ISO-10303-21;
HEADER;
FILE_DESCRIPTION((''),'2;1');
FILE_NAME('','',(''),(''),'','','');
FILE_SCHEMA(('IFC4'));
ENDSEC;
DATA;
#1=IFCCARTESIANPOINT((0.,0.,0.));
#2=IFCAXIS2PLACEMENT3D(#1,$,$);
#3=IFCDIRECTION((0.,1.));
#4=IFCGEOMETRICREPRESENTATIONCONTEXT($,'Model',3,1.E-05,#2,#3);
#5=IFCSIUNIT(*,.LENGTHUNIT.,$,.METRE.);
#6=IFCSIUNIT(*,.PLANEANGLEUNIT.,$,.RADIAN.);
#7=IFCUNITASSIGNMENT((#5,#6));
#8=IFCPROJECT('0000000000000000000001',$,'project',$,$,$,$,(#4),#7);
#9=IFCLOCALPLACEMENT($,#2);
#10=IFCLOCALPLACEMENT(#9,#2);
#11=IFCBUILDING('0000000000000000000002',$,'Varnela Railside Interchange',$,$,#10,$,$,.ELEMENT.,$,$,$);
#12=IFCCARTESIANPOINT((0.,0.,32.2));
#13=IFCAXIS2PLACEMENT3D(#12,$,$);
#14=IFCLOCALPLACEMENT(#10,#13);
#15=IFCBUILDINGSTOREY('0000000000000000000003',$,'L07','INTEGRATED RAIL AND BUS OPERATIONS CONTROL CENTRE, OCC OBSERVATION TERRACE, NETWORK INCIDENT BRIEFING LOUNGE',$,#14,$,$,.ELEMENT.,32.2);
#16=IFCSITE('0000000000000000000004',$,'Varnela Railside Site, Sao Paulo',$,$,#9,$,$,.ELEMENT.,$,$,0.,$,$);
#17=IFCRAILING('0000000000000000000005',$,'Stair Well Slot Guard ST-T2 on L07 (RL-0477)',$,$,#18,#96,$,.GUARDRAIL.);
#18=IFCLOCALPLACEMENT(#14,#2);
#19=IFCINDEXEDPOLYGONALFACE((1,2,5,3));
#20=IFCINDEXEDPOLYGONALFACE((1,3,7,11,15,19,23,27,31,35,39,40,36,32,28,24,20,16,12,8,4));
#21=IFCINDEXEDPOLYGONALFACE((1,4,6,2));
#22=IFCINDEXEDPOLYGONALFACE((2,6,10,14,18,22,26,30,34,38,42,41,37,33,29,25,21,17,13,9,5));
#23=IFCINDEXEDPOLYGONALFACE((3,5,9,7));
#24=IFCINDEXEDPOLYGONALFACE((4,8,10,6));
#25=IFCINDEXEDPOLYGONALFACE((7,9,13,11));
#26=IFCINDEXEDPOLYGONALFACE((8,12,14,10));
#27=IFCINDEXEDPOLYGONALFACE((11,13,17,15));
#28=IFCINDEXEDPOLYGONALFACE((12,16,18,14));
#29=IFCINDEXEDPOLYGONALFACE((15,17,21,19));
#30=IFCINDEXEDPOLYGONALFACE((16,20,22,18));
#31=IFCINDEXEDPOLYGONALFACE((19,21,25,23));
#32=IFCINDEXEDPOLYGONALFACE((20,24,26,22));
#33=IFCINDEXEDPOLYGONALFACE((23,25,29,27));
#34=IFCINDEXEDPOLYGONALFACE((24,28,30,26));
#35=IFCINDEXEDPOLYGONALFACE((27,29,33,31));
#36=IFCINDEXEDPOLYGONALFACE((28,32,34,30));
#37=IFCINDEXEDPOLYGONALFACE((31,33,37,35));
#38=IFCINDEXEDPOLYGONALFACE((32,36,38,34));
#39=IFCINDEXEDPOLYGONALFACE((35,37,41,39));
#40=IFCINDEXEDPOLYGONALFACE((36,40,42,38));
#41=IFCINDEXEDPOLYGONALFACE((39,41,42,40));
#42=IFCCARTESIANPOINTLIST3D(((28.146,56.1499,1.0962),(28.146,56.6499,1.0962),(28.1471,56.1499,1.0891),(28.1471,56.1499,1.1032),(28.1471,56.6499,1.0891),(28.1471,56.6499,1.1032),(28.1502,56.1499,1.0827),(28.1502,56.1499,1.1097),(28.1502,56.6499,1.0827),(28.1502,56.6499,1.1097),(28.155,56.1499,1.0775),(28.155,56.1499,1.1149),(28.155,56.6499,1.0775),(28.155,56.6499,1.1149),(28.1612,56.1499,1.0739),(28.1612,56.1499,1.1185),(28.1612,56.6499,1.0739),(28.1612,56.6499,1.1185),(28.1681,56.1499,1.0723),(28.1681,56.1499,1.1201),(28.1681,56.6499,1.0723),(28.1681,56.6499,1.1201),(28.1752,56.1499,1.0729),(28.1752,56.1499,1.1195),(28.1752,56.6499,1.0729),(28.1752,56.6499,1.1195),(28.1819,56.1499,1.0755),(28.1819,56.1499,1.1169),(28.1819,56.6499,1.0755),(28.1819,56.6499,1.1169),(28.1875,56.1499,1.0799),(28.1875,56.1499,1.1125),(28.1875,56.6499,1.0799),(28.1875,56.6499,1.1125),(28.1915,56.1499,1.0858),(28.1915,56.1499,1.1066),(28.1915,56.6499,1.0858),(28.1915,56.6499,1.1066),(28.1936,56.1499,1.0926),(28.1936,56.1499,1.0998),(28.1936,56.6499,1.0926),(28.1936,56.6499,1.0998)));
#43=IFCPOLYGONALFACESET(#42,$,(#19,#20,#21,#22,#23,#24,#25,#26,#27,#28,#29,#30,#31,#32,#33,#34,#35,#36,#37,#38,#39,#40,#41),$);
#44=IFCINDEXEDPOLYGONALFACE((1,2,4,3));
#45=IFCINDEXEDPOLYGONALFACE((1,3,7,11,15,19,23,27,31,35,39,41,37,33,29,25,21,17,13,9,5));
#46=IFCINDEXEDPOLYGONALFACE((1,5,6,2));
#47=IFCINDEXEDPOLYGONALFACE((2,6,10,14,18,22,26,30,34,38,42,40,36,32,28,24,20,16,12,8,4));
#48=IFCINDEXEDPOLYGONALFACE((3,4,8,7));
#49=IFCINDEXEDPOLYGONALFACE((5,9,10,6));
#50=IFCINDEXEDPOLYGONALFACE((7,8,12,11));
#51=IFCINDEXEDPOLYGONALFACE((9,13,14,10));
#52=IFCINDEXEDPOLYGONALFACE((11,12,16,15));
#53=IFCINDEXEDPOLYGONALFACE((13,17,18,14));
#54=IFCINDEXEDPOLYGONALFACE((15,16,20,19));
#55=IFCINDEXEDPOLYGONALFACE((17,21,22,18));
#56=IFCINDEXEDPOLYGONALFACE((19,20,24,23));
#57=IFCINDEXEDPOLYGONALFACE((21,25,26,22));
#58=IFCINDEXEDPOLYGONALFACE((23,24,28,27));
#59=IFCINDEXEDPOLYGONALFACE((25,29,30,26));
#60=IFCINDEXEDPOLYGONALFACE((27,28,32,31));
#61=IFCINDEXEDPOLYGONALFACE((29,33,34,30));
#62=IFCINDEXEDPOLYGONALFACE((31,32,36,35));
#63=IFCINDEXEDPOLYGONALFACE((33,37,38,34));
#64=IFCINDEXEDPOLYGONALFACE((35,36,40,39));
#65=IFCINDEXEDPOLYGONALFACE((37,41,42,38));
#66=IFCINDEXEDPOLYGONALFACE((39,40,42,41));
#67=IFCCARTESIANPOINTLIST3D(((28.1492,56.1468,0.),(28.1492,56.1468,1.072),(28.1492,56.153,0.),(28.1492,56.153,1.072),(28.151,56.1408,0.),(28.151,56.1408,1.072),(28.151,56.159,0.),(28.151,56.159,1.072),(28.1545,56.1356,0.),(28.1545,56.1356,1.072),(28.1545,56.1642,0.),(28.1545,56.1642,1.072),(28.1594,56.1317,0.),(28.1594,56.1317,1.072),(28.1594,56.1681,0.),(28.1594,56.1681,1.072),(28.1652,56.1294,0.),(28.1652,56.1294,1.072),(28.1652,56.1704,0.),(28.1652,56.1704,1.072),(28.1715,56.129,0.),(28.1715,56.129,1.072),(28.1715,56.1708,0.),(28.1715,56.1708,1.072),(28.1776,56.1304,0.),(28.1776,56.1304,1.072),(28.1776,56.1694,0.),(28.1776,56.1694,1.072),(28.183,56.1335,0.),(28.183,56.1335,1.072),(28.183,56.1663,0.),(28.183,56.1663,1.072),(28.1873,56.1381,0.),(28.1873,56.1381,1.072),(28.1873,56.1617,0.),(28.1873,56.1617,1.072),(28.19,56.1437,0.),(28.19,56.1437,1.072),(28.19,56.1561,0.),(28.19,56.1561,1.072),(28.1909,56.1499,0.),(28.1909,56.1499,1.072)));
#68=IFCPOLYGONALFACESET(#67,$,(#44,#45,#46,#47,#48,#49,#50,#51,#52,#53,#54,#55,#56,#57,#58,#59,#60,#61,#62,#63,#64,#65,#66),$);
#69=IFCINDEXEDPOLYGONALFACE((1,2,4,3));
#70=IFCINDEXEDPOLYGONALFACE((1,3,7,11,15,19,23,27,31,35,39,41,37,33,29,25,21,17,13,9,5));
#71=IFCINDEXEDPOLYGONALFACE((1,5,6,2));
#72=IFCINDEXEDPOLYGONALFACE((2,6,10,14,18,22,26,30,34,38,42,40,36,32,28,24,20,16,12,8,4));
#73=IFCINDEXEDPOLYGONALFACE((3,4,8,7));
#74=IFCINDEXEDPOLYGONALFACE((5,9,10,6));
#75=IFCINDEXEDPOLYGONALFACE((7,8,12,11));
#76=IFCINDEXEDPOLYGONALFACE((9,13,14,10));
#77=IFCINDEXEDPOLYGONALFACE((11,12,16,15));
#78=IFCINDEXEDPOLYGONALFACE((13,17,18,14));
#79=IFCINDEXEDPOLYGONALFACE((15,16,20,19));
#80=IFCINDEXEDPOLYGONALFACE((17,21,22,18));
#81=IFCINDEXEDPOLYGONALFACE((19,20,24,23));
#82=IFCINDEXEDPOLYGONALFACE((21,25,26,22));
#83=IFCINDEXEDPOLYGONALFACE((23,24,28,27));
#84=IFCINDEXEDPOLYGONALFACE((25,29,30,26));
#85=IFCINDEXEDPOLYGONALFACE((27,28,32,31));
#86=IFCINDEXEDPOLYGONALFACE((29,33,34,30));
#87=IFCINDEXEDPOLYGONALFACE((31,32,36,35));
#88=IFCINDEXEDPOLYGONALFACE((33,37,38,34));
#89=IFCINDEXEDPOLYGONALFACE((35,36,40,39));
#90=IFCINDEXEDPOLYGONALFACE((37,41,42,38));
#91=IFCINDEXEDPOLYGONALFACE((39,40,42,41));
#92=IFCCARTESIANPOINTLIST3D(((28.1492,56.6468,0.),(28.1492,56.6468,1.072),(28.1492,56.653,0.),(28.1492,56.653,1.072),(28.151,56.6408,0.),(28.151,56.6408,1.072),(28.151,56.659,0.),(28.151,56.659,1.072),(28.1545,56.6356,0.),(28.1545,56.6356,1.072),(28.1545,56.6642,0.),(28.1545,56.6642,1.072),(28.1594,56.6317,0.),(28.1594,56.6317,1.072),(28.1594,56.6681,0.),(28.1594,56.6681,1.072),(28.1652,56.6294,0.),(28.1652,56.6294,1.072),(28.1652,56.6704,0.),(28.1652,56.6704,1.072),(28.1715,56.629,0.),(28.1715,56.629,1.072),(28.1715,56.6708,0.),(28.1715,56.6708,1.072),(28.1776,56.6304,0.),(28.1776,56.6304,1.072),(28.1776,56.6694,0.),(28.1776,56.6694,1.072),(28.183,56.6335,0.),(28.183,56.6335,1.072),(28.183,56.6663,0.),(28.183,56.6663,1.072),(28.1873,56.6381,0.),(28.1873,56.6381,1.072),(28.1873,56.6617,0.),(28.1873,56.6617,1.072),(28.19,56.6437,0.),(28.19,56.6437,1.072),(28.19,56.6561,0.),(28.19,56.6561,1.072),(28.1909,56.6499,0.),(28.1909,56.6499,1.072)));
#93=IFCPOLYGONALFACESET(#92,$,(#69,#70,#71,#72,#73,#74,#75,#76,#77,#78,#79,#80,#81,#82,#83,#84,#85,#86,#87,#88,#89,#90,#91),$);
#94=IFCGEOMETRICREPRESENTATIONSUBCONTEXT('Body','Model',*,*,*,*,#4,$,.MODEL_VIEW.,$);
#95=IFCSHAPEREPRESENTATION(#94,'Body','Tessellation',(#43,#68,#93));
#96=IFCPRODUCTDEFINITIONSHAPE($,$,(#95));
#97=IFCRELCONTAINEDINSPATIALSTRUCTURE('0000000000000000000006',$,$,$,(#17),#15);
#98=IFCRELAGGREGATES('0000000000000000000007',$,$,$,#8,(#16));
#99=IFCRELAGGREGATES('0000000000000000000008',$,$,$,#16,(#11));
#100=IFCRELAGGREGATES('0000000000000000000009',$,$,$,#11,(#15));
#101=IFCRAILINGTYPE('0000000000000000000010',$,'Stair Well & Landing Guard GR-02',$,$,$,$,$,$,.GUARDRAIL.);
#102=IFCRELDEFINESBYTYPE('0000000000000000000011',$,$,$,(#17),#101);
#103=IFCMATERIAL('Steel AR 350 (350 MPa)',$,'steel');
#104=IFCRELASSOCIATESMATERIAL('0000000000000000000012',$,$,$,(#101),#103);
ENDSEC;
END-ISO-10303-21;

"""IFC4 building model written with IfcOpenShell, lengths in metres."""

from ifc_helpers import new_model, si_unit, direction, frame, origin, origin_2d, place, context, subcontext, project, spatial, circle, extrude, material, type_object, element, save


model = new_model("IFC4")

# Units and contexts
model_context = context("Model", 3, precision=1e-05, world=origin(), true_north=direction((0.0, 1.0)))
body_context = subcontext(model_context, "Body", "Model", "MODEL_VIEW")
ifc_project = project(units=[si_unit("LENGTHUNIT", "METRE"), si_unit("PLANEANGLEUNIT", "RADIAN")], contexts=[model_context])

# Site, building, storey
site_placement = place(None, origin())
site = spatial("IfcSite", under=ifc_project, at=site_placement, Name="Varnela Railside Site, Sao Paulo", CompositionType="ELEMENT", RefElevation=0.0)
building_placement = place(site_placement, origin())
building = spatial("IfcBuilding", under=site, at=building_placement, Name="Varnela Railside Interchange", CompositionType="ELEMENT")
storey_placement = place(building_placement, frame((0.0, 0.0, 32.2)))
storey = spatial("IfcBuildingStorey", under=building, at=storey_placement, Name="L07", Description="INTEGRATED RAIL AND BUS OPERATIONS CONTROL CENTRE, OCC OBSERVATION TERRACE, NETWORK INCIDENT BRIEFING LOUNGE", CompositionType="ELEMENT", Elevation=32.2)

# Shared definitions
ifc_material_1 = material(Name="Steel AR 350 (350 MPa)", Category="steel")

# Railing
railing_type_1 = type_object("IfcRailingType", Name="Stair Well & Landing Guard GR-02", PredefinedType="GUARDRAIL", material=ifc_material_1)
railing_1_placement = place(storey_placement, frame((28.1699, 56.1499, 0.0)))
element("IfcRailing", 1, at=railing_1_placement, inside=storey, type_object=railing_type_1, Name="Stair Well Slot Guard ST-T2 on L07 (RL-0477)", PredefinedType="GUARDRAIL", context=body_context, shape_type="SweptSolid", body=[
    extrude(circle(Radius=0.0239, at=origin_2d()), frame((0.0, 0.0, 1.0962), z_axis=(0.0, 1.0, 0.0), x_axis=(-1.0, 0.0, 0.0)), (0.0, 0.0, 1.0), 0.5),
    extrude(circle(Radius=0.021, at=origin_2d()), origin(), (0.0, 0.0, 1.0), 1.072),
    extrude(circle(Radius=0.021, at=origin_2d()), frame((0.0, 0.5, 0.0)), (0.0, 0.0, 1.0), 1.072),
])

save(model, "model.ifc")
